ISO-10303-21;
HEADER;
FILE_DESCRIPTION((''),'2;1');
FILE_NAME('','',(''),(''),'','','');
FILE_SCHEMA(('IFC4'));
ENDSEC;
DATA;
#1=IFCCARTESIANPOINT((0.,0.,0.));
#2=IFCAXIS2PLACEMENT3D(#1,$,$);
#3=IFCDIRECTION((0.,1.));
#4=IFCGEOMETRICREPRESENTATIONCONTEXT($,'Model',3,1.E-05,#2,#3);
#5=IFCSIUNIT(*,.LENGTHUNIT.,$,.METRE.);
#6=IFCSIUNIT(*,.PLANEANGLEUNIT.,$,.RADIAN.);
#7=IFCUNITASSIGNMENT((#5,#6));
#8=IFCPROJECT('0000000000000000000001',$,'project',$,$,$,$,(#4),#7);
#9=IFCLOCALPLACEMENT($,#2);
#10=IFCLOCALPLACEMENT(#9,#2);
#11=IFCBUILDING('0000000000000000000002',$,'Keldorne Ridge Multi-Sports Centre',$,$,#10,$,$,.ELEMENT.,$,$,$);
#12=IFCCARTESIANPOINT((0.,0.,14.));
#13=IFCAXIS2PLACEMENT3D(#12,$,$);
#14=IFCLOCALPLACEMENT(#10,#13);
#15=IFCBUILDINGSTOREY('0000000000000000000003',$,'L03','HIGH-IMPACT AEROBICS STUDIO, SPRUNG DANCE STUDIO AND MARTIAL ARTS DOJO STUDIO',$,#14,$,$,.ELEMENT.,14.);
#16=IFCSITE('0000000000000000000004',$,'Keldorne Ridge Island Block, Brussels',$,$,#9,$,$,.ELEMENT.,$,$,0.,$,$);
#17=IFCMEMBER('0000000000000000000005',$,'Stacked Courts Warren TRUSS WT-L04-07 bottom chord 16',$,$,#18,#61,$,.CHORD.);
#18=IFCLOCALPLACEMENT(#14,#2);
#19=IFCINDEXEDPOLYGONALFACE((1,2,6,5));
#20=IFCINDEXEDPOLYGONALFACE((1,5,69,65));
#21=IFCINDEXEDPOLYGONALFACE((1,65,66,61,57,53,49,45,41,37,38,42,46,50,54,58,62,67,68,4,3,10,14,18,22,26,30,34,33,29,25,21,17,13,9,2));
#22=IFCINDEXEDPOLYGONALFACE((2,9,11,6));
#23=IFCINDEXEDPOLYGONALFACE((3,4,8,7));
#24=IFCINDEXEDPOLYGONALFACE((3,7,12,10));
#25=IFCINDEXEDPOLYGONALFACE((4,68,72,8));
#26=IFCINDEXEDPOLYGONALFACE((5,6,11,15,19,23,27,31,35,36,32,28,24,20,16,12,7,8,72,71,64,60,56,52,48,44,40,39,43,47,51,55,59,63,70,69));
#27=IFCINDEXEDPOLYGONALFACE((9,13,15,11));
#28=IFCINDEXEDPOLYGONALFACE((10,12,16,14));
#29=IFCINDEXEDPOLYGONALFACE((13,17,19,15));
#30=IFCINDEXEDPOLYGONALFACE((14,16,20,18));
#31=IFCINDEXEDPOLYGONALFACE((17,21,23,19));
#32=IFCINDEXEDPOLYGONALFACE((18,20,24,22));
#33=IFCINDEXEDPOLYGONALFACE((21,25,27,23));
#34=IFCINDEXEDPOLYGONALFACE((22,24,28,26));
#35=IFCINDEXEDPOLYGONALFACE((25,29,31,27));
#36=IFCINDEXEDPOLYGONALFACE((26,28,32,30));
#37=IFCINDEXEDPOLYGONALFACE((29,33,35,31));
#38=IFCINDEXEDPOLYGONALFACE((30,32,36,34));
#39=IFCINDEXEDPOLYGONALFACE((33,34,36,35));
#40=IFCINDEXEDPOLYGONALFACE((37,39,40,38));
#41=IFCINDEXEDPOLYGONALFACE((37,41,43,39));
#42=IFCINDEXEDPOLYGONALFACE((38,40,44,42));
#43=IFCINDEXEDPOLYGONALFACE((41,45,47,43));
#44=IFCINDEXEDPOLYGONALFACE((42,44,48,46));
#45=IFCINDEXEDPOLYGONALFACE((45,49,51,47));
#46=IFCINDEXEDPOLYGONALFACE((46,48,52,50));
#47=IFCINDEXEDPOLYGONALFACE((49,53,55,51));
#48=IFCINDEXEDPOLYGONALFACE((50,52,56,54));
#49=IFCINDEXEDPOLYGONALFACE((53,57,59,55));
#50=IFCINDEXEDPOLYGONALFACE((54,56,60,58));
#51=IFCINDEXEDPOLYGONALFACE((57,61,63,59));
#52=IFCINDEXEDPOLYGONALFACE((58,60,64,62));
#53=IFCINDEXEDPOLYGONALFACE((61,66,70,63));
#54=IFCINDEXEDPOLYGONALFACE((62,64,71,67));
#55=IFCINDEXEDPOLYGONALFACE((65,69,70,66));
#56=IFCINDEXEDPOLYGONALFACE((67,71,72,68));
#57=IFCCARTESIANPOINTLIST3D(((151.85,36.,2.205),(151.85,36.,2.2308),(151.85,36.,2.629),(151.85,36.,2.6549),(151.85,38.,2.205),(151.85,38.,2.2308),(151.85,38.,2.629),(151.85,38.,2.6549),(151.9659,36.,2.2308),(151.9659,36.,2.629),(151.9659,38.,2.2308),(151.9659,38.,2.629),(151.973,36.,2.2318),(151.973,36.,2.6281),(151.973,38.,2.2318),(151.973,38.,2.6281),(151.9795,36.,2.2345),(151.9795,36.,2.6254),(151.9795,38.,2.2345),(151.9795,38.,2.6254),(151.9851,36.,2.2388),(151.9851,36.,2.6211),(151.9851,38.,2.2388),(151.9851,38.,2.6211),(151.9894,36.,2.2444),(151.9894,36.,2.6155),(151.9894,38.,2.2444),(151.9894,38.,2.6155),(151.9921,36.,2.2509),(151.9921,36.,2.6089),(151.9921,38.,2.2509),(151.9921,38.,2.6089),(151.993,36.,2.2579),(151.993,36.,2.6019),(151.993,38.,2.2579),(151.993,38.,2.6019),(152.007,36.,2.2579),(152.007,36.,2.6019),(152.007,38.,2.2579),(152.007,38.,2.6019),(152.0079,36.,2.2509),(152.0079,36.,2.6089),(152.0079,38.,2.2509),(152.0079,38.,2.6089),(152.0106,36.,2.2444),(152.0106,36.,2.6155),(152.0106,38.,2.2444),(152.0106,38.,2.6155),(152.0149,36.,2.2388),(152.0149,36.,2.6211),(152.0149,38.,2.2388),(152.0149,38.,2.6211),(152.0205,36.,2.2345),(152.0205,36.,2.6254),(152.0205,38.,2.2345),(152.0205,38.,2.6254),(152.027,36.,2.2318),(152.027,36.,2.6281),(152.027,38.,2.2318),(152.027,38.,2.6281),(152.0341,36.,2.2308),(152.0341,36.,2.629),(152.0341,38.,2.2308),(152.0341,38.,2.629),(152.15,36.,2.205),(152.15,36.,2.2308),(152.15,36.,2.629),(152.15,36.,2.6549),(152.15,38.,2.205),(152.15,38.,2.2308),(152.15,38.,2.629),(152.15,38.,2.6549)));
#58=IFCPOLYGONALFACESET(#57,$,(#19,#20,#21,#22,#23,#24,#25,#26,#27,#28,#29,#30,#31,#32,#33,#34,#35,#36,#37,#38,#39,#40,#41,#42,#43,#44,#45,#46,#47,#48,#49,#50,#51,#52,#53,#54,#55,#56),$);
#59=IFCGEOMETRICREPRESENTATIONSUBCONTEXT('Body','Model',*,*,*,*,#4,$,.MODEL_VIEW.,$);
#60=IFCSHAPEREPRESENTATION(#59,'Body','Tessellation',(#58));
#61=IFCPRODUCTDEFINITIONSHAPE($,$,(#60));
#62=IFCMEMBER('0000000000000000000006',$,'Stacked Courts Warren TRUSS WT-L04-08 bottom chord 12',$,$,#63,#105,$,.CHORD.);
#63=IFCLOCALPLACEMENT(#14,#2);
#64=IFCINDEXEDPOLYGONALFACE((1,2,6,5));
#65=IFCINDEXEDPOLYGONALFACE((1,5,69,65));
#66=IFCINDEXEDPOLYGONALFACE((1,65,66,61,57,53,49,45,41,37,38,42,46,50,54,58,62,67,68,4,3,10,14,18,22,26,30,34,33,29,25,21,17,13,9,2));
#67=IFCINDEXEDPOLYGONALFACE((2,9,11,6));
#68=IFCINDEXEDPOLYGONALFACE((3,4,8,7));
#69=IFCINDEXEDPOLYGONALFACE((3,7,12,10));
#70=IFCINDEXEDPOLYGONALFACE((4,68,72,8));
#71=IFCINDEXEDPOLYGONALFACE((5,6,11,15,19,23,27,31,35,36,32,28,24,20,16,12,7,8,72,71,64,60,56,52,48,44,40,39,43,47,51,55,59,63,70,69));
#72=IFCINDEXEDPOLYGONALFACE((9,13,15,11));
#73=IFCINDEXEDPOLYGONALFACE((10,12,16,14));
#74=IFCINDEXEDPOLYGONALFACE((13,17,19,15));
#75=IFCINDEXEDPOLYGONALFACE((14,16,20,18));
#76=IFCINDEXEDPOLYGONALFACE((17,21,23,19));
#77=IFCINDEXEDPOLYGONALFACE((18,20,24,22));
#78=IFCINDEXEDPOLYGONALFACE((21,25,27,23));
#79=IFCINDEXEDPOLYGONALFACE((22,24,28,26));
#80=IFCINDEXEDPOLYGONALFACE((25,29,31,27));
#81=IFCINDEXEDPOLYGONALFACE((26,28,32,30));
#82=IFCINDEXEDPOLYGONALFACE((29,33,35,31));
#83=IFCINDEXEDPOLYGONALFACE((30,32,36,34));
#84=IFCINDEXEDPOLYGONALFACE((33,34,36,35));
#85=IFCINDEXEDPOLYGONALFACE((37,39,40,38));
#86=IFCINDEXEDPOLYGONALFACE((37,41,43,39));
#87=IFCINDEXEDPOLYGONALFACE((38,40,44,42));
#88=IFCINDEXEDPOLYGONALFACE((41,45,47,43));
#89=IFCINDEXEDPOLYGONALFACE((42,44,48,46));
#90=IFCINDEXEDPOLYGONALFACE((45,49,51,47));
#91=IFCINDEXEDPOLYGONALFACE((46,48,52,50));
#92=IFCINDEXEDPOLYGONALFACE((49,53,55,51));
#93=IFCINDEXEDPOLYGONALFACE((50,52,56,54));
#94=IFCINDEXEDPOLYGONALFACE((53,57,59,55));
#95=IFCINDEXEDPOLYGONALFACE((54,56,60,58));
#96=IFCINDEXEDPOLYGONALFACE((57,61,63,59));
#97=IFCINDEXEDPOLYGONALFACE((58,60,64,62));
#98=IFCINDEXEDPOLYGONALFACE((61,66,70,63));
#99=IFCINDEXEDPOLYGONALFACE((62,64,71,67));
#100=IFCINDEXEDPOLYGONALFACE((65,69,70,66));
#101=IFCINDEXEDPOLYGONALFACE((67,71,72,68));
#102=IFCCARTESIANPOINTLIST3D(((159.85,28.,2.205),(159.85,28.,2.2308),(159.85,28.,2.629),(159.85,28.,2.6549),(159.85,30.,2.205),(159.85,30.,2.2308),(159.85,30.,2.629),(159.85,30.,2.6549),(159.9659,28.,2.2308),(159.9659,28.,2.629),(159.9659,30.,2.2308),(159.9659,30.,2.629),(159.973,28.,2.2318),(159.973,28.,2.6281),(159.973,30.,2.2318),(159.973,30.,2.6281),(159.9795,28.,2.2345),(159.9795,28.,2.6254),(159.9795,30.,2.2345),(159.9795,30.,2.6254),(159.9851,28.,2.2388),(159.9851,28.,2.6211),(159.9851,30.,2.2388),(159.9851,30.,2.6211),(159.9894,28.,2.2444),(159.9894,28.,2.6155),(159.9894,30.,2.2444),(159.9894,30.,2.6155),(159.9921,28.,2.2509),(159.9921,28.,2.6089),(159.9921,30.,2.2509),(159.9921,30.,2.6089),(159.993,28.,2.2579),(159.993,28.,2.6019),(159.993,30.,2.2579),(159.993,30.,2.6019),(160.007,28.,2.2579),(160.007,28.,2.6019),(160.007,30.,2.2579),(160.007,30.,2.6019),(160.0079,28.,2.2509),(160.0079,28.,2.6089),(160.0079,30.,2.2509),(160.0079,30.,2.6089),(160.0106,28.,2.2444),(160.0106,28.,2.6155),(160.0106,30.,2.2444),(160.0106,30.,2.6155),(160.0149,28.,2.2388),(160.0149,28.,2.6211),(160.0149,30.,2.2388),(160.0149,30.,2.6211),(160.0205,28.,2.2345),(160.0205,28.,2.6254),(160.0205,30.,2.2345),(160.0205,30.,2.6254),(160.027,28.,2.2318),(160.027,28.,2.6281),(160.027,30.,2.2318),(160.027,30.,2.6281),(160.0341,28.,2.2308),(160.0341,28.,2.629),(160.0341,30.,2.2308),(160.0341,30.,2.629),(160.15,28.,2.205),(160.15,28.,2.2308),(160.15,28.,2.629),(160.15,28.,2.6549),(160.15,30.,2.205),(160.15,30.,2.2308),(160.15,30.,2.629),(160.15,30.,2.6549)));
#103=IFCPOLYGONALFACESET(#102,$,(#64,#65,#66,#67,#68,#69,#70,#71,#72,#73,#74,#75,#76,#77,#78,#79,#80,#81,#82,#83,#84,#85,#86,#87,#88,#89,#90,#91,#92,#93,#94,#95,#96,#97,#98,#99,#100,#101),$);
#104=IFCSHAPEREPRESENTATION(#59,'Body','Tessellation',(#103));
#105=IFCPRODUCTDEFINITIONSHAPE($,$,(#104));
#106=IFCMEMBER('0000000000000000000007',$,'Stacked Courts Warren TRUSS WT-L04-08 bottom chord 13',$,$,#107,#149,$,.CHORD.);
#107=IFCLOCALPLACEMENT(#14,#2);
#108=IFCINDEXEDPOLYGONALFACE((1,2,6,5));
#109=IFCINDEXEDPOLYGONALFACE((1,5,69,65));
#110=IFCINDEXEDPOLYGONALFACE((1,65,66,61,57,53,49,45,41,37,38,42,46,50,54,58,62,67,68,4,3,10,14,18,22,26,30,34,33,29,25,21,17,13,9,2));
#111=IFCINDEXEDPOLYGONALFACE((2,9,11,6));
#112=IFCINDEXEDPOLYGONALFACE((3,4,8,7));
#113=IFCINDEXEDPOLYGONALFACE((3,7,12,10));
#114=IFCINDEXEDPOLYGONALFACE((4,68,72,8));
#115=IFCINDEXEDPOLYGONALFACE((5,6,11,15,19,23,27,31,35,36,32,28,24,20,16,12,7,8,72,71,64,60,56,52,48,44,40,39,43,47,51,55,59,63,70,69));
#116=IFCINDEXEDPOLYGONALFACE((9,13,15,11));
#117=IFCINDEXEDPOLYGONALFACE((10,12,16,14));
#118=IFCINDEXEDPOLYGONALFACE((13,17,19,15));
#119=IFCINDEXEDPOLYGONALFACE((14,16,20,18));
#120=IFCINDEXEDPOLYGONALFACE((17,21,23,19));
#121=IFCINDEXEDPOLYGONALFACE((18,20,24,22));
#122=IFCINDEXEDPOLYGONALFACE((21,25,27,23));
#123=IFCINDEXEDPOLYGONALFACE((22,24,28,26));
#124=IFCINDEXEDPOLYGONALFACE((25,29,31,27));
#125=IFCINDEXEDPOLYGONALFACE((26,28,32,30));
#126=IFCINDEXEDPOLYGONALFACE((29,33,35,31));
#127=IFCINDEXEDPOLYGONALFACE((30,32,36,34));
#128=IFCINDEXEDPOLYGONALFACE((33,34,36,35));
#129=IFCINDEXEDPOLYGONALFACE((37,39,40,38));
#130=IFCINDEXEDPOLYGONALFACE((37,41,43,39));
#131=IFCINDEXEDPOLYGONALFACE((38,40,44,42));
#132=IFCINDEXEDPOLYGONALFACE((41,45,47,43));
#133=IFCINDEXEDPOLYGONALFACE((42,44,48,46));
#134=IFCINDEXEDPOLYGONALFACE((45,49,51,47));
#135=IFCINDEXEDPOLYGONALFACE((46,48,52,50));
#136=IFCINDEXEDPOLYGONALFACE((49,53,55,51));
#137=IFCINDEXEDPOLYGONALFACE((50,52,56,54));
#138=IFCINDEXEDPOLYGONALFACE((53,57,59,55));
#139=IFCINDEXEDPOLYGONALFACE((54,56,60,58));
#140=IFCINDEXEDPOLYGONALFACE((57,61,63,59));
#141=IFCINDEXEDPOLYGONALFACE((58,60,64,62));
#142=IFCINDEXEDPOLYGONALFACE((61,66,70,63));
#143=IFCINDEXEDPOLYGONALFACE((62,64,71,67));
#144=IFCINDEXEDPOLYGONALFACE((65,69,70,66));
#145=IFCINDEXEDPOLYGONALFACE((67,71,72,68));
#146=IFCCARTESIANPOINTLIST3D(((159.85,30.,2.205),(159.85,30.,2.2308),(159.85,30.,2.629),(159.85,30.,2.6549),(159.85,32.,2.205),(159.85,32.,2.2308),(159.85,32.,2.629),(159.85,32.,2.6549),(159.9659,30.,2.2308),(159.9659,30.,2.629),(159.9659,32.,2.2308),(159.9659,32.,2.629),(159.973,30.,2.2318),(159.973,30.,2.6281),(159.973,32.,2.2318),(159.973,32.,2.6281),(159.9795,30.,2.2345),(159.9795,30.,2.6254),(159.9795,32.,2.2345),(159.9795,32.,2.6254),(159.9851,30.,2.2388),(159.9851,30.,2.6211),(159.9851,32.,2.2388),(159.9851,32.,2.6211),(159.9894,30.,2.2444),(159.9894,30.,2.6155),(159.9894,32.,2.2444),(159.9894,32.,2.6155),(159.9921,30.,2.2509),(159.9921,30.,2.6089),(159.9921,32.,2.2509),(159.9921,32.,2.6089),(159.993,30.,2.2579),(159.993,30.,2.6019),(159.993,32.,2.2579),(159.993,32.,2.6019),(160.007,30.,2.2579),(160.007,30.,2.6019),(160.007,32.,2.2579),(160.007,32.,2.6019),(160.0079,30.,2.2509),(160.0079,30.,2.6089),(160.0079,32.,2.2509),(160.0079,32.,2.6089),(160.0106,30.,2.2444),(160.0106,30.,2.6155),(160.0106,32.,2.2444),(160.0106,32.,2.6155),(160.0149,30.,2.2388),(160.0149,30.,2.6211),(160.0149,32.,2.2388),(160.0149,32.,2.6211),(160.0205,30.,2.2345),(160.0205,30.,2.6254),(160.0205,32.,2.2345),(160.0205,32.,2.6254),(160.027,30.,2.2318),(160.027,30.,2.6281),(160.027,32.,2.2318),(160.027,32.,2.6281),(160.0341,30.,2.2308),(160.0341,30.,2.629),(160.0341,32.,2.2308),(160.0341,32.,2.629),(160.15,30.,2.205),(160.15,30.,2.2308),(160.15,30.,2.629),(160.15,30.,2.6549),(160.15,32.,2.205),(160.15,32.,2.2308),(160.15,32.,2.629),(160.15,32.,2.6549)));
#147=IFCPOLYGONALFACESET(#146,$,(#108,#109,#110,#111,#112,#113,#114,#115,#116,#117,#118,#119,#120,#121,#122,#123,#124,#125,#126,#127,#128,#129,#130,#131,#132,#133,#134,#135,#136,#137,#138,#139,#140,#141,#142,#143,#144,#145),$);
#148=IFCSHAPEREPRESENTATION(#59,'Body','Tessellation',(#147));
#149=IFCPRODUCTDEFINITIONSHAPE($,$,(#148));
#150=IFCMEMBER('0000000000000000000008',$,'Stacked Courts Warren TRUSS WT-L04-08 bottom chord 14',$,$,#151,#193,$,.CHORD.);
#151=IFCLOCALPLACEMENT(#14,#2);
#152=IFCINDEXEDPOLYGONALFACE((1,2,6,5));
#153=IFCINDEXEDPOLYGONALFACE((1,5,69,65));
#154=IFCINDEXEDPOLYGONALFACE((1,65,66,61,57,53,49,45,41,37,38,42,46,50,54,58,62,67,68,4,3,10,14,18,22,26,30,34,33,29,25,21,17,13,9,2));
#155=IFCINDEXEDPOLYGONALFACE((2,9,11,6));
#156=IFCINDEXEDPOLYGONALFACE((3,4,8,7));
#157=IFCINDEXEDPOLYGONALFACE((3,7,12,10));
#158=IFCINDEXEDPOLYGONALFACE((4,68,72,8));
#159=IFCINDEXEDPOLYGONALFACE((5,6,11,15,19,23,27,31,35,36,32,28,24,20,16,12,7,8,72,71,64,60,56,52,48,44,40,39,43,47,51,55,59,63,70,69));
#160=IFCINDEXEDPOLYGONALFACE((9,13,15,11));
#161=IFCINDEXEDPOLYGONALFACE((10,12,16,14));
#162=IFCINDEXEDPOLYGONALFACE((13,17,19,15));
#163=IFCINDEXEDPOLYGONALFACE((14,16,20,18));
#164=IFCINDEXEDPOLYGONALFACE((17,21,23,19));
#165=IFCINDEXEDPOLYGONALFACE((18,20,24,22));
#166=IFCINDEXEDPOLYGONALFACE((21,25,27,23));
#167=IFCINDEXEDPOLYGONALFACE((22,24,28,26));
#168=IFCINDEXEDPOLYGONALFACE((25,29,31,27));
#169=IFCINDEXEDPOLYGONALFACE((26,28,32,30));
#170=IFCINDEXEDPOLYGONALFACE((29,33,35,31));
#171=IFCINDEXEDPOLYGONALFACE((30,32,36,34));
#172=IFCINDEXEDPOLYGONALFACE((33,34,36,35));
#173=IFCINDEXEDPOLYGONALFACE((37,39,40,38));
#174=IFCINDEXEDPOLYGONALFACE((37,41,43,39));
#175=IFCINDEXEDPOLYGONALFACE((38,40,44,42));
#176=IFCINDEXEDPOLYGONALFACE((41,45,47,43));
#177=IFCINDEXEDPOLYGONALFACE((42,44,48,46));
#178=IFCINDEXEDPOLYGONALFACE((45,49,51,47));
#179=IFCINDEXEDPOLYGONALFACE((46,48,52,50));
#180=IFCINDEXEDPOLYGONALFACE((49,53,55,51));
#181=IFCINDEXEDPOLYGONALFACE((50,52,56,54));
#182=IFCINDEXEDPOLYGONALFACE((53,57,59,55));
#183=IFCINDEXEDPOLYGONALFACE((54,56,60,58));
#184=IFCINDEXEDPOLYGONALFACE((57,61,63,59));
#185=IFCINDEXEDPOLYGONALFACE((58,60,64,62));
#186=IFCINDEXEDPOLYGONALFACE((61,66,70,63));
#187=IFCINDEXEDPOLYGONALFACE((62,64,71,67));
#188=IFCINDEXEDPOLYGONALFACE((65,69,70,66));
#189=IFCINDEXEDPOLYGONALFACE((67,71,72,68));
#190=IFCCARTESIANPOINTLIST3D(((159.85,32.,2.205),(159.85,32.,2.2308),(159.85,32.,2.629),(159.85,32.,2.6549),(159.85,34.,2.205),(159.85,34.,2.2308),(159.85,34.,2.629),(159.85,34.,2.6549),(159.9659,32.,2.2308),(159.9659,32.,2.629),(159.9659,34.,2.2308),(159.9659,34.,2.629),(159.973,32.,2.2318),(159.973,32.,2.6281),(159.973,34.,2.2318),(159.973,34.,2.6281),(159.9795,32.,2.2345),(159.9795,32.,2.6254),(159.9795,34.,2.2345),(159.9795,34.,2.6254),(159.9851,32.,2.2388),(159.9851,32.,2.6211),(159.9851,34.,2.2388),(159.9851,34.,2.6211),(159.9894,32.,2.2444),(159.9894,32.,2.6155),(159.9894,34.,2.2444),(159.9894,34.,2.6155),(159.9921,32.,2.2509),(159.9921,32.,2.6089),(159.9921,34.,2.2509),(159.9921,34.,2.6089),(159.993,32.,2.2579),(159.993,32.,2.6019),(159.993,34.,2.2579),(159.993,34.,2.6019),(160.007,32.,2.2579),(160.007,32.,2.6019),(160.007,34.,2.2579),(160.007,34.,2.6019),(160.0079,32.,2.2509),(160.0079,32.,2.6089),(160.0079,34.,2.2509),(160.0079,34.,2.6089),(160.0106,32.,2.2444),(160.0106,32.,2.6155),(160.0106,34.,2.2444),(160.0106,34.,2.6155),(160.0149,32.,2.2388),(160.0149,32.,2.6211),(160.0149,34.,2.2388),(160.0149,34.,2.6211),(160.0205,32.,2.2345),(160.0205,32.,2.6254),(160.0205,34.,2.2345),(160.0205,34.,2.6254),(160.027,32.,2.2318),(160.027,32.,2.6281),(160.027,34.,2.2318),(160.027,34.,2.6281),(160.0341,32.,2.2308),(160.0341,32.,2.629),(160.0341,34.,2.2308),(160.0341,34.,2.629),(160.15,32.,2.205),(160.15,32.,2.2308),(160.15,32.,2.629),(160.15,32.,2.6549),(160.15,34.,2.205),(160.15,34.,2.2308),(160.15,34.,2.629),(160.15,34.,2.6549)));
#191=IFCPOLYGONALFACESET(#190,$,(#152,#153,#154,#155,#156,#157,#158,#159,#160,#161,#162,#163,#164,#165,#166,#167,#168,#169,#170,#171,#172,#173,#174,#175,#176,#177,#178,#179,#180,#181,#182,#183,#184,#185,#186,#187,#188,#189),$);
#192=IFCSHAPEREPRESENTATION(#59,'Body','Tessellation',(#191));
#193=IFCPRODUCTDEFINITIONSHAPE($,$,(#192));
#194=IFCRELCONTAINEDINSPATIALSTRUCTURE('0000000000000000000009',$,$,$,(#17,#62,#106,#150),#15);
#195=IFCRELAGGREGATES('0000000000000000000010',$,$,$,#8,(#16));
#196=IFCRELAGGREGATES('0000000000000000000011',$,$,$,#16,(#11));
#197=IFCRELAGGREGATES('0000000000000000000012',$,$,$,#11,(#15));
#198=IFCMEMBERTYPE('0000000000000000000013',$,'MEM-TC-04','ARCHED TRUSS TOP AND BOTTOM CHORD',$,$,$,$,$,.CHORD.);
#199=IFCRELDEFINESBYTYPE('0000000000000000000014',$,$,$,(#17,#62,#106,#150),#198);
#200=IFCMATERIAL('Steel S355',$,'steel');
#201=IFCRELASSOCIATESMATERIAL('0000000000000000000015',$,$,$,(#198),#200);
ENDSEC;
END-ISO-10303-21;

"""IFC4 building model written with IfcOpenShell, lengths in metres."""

from ifc_helpers import new_model, si_unit, direction, frame, origin, origin_2d, place, context, subcontext, project, spatial, i_section, extrude, material, material_profile, profile_set, type_object, element, save


model = new_model("IFC4")

# Units and contexts
model_context = context("Model", 3, precision=1e-05, world=origin(), true_north=direction((0.0, 1.0)))
body_context = subcontext(model_context, "Body", "Model", "MODEL_VIEW")
ifc_project = project(units=[si_unit("LENGTHUNIT", "METRE"), si_unit("PLANEANGLEUNIT", "RADIAN")], contexts=[model_context])

# Site, building, storey
site_placement = place(None, origin())
site = spatial("IfcSite", under=ifc_project, at=site_placement, Name="Keldorne Ridge Island Block, Brussels", CompositionType="ELEMENT", RefElevation=0.0)
building_placement = place(site_placement, origin())
building = spatial("IfcBuilding", under=site, at=building_placement, Name="Keldorne Ridge Multi-Sports Centre", CompositionType="ELEMENT")
storey_placement = place(building_placement, frame((0.0, 0.0, 14.0)))
storey = spatial("IfcBuildingStorey", under=building, at=storey_placement, Name="L03", Description="HIGH-IMPACT AEROBICS STUDIO, SPRUNG DANCE STUDIO AND MARTIAL ARTS DOJO STUDIO", CompositionType="ELEMENT", Elevation=14.0)

# Members
ifc_material = material(Name="Steel S355", Category="steel")
ifc_material_profile_1 = material_profile(ifc_material, i_section(OverallWidth=0.3, OverallDepth=0.45, WebThickness=0.0139, FlangeThickness=0.0259, FilletRadius=0.0271, at=origin_2d()), Name="HEB 450")
ifc_profile_set_1 = profile_set([ifc_material_profile_1], Name="Steel S355")
member_type_1 = type_object("IfcMemberType", Name="MEM-TC-04", Description="ARCHED TRUSS TOP AND BOTTOM CHORD", PredefinedType="CHORD", material=ifc_profile_set_1)
for number, where, z_axis, x_axis, name in (
    (1, (152.0, 36.0, 2.4299), (0.0, 1.0, 0.0), (-1.0, 0.0, 0.0), "Stacked Courts Warren TRUSS WT-L04-07 bottom chord 16"),
    (2, (160.0, 28.0, 2.4299), (0.0, 1.0, 0.0), (-1.0, 0.0, 0.0), "Stacked Courts Warren TRUSS WT-L04-08 bottom chord 12"),
    (3, (160.0, 30.0, 2.4299), (0.0, 1.0, 0.0), (-1.0, 0.0, 0.0), "Stacked Courts Warren TRUSS WT-L04-08 bottom chord 13"),
    (4, (160.0, 32.0, 2.4299), (0.0, 1.0, 0.0), (-1.0, 0.0, 0.0), "Stacked Courts Warren TRUSS WT-L04-08 bottom chord 14"),
):
    element("IfcMember", number, at=place(storey_placement, frame(where, z_axis=z_axis, x_axis=x_axis)), inside=storey, type_object=member_type_1, Name=name, PredefinedType="CHORD", context=body_context, shape_type="SweptSolid", body=[
        extrude(i_section(OverallWidth=0.3, OverallDepth=0.45, WebThickness=0.0139, FlangeThickness=0.0259, FilletRadius=0.0271, at=origin_2d()), origin(), (0.0, 0.0, 1.0), 2.0),
    ])

save(model, "model.ifc")
